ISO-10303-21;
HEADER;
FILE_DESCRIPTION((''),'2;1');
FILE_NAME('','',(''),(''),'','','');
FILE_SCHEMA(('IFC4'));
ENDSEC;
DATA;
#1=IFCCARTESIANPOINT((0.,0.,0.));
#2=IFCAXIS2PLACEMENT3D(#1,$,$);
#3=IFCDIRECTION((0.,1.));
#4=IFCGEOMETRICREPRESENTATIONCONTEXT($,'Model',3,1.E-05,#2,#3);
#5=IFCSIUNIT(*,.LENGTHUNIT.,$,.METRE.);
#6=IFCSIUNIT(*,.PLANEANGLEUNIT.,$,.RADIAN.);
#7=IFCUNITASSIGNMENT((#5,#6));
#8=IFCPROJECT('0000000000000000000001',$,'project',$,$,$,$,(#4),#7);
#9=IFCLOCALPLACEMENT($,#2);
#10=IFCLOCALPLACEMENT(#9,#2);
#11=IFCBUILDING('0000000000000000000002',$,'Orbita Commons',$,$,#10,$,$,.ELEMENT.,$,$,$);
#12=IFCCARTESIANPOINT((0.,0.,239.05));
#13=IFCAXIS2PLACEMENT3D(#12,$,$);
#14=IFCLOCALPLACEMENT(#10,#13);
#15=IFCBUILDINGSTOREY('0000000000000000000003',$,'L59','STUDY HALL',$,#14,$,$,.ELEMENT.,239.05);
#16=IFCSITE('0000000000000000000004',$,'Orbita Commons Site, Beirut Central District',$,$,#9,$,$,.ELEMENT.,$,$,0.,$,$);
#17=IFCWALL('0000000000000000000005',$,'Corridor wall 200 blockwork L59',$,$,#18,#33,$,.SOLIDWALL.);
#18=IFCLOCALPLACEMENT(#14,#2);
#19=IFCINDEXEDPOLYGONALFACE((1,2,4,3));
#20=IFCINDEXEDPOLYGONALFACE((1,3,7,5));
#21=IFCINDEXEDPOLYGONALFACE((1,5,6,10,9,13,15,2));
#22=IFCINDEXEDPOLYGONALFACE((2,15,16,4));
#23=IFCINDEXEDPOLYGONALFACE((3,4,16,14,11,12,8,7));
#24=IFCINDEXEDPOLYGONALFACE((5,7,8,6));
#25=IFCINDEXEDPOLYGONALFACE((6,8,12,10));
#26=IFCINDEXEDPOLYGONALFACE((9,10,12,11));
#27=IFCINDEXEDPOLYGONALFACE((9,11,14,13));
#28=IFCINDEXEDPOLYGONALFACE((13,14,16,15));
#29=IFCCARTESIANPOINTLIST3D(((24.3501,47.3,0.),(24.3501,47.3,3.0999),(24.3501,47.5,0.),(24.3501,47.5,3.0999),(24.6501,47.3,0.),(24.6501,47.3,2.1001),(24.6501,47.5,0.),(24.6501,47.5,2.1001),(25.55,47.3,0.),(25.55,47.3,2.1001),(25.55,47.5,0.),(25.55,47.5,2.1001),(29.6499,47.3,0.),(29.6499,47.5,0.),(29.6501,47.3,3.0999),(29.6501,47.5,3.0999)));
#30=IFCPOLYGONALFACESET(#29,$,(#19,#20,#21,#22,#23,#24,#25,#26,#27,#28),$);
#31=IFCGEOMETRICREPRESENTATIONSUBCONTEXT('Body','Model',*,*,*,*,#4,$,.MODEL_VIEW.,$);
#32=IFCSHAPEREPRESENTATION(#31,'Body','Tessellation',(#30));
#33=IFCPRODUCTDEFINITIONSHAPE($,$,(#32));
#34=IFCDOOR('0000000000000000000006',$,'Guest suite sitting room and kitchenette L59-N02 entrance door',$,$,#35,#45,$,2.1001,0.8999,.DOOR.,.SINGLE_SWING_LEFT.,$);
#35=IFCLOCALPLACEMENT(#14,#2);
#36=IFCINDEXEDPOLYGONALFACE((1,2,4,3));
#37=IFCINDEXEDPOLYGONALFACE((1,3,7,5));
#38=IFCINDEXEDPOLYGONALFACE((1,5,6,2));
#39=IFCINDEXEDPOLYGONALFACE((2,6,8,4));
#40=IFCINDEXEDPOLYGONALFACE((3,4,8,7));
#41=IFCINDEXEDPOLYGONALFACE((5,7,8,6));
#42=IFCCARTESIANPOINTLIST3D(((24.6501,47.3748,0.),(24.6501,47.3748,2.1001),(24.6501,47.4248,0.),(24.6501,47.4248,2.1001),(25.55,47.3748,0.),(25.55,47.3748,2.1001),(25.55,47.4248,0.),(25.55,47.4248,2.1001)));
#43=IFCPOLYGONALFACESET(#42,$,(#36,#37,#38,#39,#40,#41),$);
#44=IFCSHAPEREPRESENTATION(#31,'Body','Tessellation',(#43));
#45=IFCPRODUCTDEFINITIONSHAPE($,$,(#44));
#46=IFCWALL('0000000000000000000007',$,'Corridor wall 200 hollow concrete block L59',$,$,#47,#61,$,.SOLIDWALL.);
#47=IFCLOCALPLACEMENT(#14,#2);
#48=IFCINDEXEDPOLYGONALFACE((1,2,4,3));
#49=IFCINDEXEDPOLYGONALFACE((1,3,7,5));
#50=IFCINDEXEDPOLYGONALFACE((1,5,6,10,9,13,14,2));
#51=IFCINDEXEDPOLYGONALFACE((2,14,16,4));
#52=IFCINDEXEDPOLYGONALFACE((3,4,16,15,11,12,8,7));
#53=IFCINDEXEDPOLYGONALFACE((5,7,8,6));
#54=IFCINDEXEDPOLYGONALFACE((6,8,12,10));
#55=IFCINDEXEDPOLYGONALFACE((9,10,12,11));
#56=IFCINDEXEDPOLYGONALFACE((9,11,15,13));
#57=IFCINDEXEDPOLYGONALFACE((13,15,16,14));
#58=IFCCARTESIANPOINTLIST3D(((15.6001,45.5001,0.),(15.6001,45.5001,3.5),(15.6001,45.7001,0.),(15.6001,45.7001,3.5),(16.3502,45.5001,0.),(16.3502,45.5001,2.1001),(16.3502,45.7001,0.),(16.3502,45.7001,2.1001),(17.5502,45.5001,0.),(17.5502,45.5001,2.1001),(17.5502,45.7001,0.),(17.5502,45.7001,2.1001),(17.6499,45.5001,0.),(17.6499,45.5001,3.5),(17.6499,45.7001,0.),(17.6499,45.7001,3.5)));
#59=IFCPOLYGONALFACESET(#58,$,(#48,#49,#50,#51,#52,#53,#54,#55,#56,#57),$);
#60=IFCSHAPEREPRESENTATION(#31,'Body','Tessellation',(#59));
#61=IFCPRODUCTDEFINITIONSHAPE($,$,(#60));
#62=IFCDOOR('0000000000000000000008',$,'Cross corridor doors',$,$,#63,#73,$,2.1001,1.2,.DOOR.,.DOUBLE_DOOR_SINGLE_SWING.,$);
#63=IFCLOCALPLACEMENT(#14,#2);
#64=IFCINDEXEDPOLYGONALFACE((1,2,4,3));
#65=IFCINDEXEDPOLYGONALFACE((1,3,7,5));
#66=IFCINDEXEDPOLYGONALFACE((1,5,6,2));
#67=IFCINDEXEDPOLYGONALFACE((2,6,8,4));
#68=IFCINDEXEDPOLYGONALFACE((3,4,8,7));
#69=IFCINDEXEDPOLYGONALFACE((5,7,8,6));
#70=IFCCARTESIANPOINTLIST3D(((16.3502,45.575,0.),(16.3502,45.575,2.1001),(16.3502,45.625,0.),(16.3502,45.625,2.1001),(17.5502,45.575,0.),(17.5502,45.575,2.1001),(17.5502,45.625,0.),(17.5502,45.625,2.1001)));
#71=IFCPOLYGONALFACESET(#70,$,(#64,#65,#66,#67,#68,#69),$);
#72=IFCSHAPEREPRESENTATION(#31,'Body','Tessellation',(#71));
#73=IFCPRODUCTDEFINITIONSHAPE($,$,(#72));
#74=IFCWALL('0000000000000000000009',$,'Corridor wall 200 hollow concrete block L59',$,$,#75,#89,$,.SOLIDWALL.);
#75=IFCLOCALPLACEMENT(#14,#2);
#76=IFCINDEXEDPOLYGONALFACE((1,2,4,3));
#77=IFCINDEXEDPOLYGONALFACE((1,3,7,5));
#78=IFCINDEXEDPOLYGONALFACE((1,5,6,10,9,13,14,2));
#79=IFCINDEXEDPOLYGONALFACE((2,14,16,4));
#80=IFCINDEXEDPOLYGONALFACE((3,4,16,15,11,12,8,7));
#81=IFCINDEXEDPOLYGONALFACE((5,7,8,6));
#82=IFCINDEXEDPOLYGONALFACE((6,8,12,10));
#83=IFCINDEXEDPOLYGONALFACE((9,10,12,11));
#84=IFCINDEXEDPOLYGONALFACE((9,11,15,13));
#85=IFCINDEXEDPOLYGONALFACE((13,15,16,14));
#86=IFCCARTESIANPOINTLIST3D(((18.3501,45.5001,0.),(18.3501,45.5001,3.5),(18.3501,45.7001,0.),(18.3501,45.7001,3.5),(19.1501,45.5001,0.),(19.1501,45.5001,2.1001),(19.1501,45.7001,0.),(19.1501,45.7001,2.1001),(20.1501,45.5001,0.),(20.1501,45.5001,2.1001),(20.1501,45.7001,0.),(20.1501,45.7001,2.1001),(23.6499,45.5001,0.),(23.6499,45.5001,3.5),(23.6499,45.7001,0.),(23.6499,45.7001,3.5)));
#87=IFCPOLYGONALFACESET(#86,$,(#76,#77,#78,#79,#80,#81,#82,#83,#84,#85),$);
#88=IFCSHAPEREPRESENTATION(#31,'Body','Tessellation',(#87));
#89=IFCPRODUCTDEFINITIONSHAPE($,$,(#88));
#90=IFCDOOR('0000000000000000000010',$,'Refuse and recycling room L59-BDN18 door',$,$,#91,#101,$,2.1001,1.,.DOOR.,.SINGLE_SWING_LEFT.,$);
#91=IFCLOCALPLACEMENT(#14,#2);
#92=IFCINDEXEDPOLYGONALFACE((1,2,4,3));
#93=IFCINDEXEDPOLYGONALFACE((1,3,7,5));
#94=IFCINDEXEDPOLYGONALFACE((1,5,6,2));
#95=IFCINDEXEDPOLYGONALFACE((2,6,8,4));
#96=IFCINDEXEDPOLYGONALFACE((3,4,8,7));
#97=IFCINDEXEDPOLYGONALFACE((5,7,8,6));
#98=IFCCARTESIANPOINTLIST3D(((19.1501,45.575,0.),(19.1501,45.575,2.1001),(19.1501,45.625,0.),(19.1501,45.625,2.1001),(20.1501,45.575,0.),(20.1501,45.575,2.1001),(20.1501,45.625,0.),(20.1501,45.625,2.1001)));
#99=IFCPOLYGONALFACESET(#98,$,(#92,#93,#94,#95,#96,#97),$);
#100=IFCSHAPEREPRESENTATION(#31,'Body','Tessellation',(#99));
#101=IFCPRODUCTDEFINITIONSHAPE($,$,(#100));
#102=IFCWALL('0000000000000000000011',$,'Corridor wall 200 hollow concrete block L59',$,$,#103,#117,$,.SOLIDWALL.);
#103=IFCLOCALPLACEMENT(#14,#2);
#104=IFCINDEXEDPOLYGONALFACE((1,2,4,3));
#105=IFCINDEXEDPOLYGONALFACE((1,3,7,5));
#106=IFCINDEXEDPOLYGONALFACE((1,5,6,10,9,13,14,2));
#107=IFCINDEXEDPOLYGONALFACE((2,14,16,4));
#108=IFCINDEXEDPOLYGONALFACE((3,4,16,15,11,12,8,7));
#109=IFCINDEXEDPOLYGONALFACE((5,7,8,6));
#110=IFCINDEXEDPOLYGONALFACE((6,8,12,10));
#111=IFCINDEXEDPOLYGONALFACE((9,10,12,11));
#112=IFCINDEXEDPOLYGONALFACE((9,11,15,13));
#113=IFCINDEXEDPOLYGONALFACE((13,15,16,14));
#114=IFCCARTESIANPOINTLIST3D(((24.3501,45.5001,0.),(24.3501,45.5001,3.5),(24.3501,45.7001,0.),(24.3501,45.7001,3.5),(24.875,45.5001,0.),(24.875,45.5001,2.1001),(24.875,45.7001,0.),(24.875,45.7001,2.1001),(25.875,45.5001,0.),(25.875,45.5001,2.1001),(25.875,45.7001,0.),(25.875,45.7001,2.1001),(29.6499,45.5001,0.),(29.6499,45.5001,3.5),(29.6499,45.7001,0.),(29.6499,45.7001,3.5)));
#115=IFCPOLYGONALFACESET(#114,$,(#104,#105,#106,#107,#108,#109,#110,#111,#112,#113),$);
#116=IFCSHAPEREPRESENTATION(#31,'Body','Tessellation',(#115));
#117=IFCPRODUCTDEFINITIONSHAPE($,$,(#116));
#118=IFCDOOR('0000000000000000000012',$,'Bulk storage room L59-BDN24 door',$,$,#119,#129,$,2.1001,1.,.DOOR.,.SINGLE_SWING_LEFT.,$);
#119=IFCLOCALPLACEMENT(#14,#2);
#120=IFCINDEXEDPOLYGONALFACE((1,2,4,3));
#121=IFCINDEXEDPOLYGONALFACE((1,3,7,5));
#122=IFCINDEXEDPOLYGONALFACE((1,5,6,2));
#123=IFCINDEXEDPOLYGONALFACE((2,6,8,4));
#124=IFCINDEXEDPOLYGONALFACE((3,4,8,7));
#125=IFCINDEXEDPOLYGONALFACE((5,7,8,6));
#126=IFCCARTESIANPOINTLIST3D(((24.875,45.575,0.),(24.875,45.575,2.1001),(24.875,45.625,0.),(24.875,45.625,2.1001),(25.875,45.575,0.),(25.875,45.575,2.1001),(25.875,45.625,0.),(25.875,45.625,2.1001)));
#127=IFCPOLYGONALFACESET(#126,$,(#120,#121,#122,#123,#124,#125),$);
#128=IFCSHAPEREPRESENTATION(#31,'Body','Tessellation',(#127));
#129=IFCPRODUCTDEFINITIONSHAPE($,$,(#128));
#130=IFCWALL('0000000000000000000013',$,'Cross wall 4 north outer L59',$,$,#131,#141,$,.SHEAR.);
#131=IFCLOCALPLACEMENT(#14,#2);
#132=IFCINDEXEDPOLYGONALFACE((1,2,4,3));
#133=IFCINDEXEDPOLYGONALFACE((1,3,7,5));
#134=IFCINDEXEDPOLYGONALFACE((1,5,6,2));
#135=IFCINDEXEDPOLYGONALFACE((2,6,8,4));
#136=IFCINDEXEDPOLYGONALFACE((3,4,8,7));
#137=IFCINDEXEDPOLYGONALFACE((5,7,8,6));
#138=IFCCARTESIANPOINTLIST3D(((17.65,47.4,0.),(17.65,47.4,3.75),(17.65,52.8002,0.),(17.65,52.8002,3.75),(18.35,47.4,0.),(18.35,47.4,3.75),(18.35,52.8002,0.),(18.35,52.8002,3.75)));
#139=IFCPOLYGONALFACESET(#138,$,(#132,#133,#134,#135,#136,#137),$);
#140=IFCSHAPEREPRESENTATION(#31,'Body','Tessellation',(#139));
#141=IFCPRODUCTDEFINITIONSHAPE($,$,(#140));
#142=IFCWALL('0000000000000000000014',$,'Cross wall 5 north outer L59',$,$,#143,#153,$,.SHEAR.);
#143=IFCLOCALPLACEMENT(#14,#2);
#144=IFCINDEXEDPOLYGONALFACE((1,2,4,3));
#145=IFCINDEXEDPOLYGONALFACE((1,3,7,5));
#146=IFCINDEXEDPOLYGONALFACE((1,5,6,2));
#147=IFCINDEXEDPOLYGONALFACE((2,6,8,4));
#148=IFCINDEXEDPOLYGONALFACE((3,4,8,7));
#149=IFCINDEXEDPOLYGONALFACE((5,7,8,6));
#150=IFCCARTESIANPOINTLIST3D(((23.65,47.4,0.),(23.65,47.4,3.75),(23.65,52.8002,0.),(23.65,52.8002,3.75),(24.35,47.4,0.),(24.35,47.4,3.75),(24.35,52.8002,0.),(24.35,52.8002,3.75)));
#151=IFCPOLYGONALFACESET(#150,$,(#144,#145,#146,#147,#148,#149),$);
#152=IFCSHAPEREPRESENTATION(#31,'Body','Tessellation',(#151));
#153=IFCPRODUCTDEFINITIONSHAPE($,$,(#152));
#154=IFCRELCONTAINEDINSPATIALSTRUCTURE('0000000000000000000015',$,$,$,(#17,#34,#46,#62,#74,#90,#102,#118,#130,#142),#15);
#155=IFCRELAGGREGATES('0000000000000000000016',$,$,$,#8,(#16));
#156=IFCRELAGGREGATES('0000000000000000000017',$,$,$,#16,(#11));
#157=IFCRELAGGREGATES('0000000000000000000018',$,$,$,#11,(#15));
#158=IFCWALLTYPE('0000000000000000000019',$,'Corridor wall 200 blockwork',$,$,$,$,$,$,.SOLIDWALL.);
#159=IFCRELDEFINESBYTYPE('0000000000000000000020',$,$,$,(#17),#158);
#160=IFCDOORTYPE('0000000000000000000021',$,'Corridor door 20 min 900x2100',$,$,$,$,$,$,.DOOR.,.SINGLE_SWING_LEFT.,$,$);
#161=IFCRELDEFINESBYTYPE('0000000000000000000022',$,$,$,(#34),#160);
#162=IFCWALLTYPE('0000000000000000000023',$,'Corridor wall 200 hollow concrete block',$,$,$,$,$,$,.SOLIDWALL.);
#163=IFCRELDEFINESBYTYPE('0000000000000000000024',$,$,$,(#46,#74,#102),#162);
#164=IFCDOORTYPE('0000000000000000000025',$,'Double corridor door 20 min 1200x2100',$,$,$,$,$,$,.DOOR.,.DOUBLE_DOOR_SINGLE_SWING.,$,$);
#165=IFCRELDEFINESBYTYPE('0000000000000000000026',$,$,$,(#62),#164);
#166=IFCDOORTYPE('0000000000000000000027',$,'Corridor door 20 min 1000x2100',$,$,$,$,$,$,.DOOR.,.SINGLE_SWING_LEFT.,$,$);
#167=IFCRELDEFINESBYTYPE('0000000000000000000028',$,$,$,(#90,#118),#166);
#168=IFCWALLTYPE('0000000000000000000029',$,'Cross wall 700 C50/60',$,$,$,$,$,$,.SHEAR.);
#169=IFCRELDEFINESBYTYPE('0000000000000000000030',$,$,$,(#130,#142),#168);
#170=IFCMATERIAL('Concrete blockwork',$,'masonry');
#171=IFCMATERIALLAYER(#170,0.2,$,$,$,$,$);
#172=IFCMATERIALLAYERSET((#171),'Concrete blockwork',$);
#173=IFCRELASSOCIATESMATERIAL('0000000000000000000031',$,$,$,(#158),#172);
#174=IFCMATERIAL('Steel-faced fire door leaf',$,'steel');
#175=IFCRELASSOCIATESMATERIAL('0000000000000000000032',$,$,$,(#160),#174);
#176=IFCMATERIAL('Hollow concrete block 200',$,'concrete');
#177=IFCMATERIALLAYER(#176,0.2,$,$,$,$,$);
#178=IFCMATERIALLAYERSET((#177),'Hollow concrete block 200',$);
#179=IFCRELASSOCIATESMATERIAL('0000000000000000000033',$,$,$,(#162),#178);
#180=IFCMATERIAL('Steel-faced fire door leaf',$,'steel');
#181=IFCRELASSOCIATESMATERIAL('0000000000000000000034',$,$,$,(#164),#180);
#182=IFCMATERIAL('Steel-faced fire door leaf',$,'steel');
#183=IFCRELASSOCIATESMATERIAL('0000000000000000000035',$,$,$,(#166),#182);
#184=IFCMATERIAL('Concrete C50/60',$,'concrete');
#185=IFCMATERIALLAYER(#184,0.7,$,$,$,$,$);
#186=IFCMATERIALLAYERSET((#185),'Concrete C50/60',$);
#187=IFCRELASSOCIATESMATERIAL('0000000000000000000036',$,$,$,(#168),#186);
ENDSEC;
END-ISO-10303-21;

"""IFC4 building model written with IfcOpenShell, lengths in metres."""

from ifc_helpers import new_model, si_unit, direction, frame, frame_2d, origin, place, context, subcontext, project, spatial, polyline, rectangle, outline, extrude, material, layer, layer_set, type_object, element, fill, save


model = new_model("IFC4")

# Units and contexts
model_context = context("Model", 3, precision=1e-05, world=origin(), true_north=direction((0.0, 1.0)))
body_context = subcontext(model_context, "Body", "Model", "MODEL_VIEW")
ifc_project = project(units=[si_unit("LENGTHUNIT", "METRE"), si_unit("PLANEANGLEUNIT", "RADIAN")], contexts=[model_context])

# Site, building, storey
site_placement = place(None, origin())
site = spatial("IfcSite", under=ifc_project, at=site_placement, Name="Orbita Commons Site, Beirut Central District", CompositionType="ELEMENT", RefElevation=0.0)
building_placement = place(site_placement, origin())
building = spatial("IfcBuilding", under=site, at=building_placement, Name="Orbita Commons", CompositionType="ELEMENT")
storey_placement = place(building_placement, frame((0.0, 0.0, 239.05)))
storey = spatial("IfcBuildingStorey", under=building, at=storey_placement, Name="L59", Description="STUDY HALL", CompositionType="ELEMENT", Elevation=239.05)

# Walls, openings, doors
ifc_material_1 = material(Name="Concrete blockwork", Category="masonry")
ifc_layer_1 = layer(ifc_material_1, 0.2)
ifc_layer_set_1 = layer_set([ifc_layer_1], Name="Concrete blockwork")
wall_type_1 = type_object("IfcWallType", Name="Corridor wall 200 blockwork", PredefinedType="SOLIDWALL", material=ifc_layer_set_1)
ifc_material_2 = material(Name="Steel-faced fire door leaf", Category="steel")
door_type_1 = type_object("IfcDoorType", Name="Corridor door 20 min 900x2100", OperationType="SINGLE_SWING_LEFT", PredefinedType="DOOR", material=ifc_material_2)
wall_1_placement = place(storey_placement, frame((24.3501, 47.3999, 0.0), z_axis=(0.0, 0.0, 1.0), x_axis=(1.0, 0.0, 0.0)))
wall_1 = element("IfcWall", 1, at=wall_1_placement, inside=storey, type_object=wall_type_1, Name="Corridor wall 200 blockwork L59", PredefinedType="SOLIDWALL", context=body_context, shape_type="SweptSolid", body=[
    extrude(outline(polyline([(0.0, 0.0), (5.2998, 0.0), (5.3, 3.0999), (0.0, 3.0999), (0.0, 0.0)])), frame((0.0, 0.1001, 0.0), z_axis=(0.0, -1.0, 0.0), x_axis=(1.0, 0.0, 0.0)), (0.0, 0.0, 1.0), 0.2),
])
opening_1_placement = place(wall_1_placement, frame((0.3, 0.0, 0.0)))
opening_1 = element("IfcOpeningElement", 2, at=opening_1_placement, cuts=wall_1, PredefinedType="OPENING", context=body_context, shape_type="SweptSolid", body=[
    extrude(rectangle(XDim=0.8999, YDim=2.1001, at=frame_2d((0.45, 1.05))), frame((0.0, 0.1099, 0.0), z_axis=(0.0, -1.0, 0.0), x_axis=(1.0, 0.0, 0.0)), (0.0, 0.0, 1.0), 0.22),
])
door_1_placement = place(opening_1_placement, origin())
door_1 = element("IfcDoor", 3, at=door_1_placement, inside=storey, type_object=door_type_1, Name="Guest suite sitting room and kitchenette L59-N02 entrance door", OperationType="SINGLE_SWING_LEFT", OverallHeight=2.1001, OverallWidth=0.8999, PredefinedType="DOOR", context=body_context, shape_type="SweptSolid", body=[
    extrude(rectangle(XDim=0.8999, YDim=2.1001, at=frame_2d((0.45, 1.05))), frame((0.0, 0.0249, 0.0), z_axis=(0.0, -1.0, 0.0), x_axis=(1.0, 0.0, 0.0)), (0.0, 0.0, 1.0), 0.05),
])
fill(opening_1, door_1)
ifc_material_3 = material(Name="Hollow concrete block 200", Category="concrete")
ifc_layer_2 = layer(ifc_material_3, 0.2)
ifc_layer_set_2 = layer_set([ifc_layer_2], Name="Hollow concrete block 200")
wall_type_2 = type_object("IfcWallType", Name="Corridor wall 200 hollow concrete block", PredefinedType="SOLIDWALL", material=ifc_layer_set_2)
wall_2_placement = place(storey_placement, frame((15.6001, 45.6001, 0.0), z_axis=(0.0, 0.0, 1.0), x_axis=(1.0, 0.0, 0.0)))
wall_2 = element("IfcWall", 4, at=wall_2_placement, inside=storey, type_object=wall_type_2, Name="Corridor wall 200 hollow concrete block L59", PredefinedType="SOLIDWALL", context=body_context, shape_type="SweptSolid", body=[
    extrude(rectangle(XDim=2.0498, YDim=0.2, at=frame_2d((1.0249, 0.0))), origin(), (0.0, 0.0, 1.0), 3.5),
])
opening_2_placement = place(wall_2_placement, frame((0.75, 0.0, 0.0)))
opening_2 = element("IfcOpeningElement", 5, at=opening_2_placement, cuts=wall_2, PredefinedType="OPENING", context=body_context, shape_type="SweptSolid", body=[
    extrude(rectangle(XDim=1.2, YDim=2.1001, at=frame_2d((0.6001, 1.05))), frame((0.0, 0.1099, 0.0), z_axis=(0.0, -1.0, 0.0), x_axis=(1.0, 0.0, 0.0)), (0.0, 0.0, 1.0), 0.22),
])
ifc_material_4 = material(Name="Steel-faced fire door leaf", Category="steel")
door_type_2 = type_object("IfcDoorType", Name="Double corridor door 20 min 1200x2100", OperationType="DOUBLE_DOOR_SINGLE_SWING", PredefinedType="DOOR", material=ifc_material_4)
door_2_placement = place(opening_2_placement, origin())
door_2 = element("IfcDoor", 6, at=door_2_placement, inside=storey, type_object=door_type_2, Name="Cross corridor doors", OperationType="DOUBLE_DOOR_SINGLE_SWING", OverallHeight=2.1001, OverallWidth=1.2, PredefinedType="DOOR", context=body_context, shape_type="SweptSolid", body=[
    extrude(rectangle(XDim=1.2, YDim=2.1001, at=frame_2d((0.6001, 1.05))), frame((0.0, 0.0249, 0.0), z_axis=(0.0, -1.0, 0.0), x_axis=(1.0, 0.0, 0.0)), (0.0, 0.0, 1.0), 0.05),
])
fill(opening_2, door_2)
wall_3_placement = place(storey_placement, frame((18.3501, 45.6001, 0.0), z_axis=(0.0, 0.0, 1.0), x_axis=(1.0, 0.0, 0.0)))
wall_3 = element("IfcWall", 7, at=wall_3_placement, inside=storey, type_object=wall_type_2, Name="Corridor wall 200 hollow concrete block L59", PredefinedType="SOLIDWALL", context=body_context, shape_type="SweptSolid", body=[
    extrude(rectangle(XDim=5.2998, YDim=0.2, at=frame_2d((2.6499, 0.0))), origin(), (0.0, 0.0, 1.0), 3.5),
])
opening_3_placement = place(wall_3_placement, frame((0.8, 0.0, 0.0)))
opening_3 = element("IfcOpeningElement", 8, at=opening_3_placement, cuts=wall_3, PredefinedType="OPENING", context=body_context, shape_type="SweptSolid", body=[
    extrude(rectangle(XDim=1.0, YDim=2.1001, at=frame_2d((0.5, 1.05))), frame((0.0, 0.1099, 0.0), z_axis=(0.0, -1.0, 0.0), x_axis=(1.0, 0.0, 0.0)), (0.0, 0.0, 1.0), 0.22),
])
ifc_material_5 = material(Name="Steel-faced fire door leaf", Category="steel")
door_type_3 = type_object("IfcDoorType", Name="Corridor door 20 min 1000x2100", OperationType="SINGLE_SWING_LEFT", PredefinedType="DOOR", material=ifc_material_5)
door_3_placement = place(opening_3_placement, origin())
door_3 = element("IfcDoor", 9, at=door_3_placement, inside=storey, type_object=door_type_3, Name="Refuse and recycling room L59-BDN18 door", OperationType="SINGLE_SWING_LEFT", OverallHeight=2.1001, OverallWidth=1.0, PredefinedType="DOOR", context=body_context, shape_type="SweptSolid", body=[
    extrude(rectangle(XDim=1.0, YDim=2.1001, at=frame_2d((0.5, 1.05))), frame((0.0, 0.0249, 0.0), z_axis=(0.0, -1.0, 0.0), x_axis=(1.0, 0.0, 0.0)), (0.0, 0.0, 1.0), 0.05),
])
fill(opening_3, door_3)
wall_4_placement = place(storey_placement, frame((24.3501, 45.6001, 0.0), z_axis=(0.0, 0.0, 1.0), x_axis=(1.0, 0.0, 0.0)))
wall_4 = element("IfcWall", 10, at=wall_4_placement, inside=storey, type_object=wall_type_2, Name="Corridor wall 200 hollow concrete block L59", PredefinedType="SOLIDWALL", context=body_context, shape_type="SweptSolid", body=[
    extrude(rectangle(XDim=5.2998, YDim=0.2, at=frame_2d((2.6499, 0.0))), origin(), (0.0, 0.0, 1.0), 3.5),
])
opening_4_placement = place(wall_4_placement, frame((0.5249, 0.0, 0.0)))
opening_4 = element("IfcOpeningElement", 11, at=opening_4_placement, cuts=wall_4, PredefinedType="OPENING", context=body_context, shape_type="SweptSolid", body=[
    extrude(rectangle(XDim=1.0, YDim=2.1001, at=frame_2d((0.5, 1.05))), frame((0.0, 0.1099, 0.0), z_axis=(0.0, -1.0, 0.0), x_axis=(1.0, 0.0, 0.0)), (0.0, 0.0, 1.0), 0.22),
])
door_4_placement = place(opening_4_placement, origin())
door_4 = element("IfcDoor", 12, at=door_4_placement, inside=storey, type_object=door_type_3, Name="Bulk storage room L59-BDN24 door", OperationType="SINGLE_SWING_LEFT", OverallHeight=2.1001, OverallWidth=1.0, PredefinedType="DOOR", context=body_context, shape_type="SweptSolid", body=[
    extrude(rectangle(XDim=1.0, YDim=2.1001, at=frame_2d((0.5, 1.05))), frame((0.0, 0.0249, 0.0), z_axis=(0.0, -1.0, 0.0), x_axis=(1.0, 0.0, 0.0)), (0.0, 0.0, 1.0), 0.05),
])
fill(opening_4, door_4)

# Walls
ifc_material_6 = material(Name="Concrete C50/60", Category="concrete")
ifc_layer_3 = layer(ifc_material_6, 0.7)
ifc_layer_set_3 = layer_set([ifc_layer_3], Name="Concrete C50/60")
wall_type_3 = type_object("IfcWallType", Name="Cross wall 700 C50/60", PredefinedType="SHEAR", material=ifc_layer_set_3)
for number, where, z_axis, x_axis, name in (
    (13, (18.0, 47.3999, 0.0), (0.0, 0.0, 1.0), (0.0, 1.0, 0.0), "Cross wall 4 north outer L59"),
    (14, (24.0, 47.3999, 0.0), (0.0, 0.0, 1.0), (0.0, 1.0, 0.0), "Cross wall 5 north outer L59"),
):
    element("IfcWall", number, at=place(storey_placement, frame(where, z_axis=z_axis, x_axis=x_axis)), inside=storey, type_object=wall_type_3, Name=name, PredefinedType="SHEAR", context=body_context, shape_type="SweptSolid", body=[
        extrude(rectangle(XDim=5.4001, YDim=0.7, at=frame_2d((2.7002, 0.0))), origin(), (0.0, 0.0, 1.0), 3.75),
    ])

save(model, "model.ifc")
